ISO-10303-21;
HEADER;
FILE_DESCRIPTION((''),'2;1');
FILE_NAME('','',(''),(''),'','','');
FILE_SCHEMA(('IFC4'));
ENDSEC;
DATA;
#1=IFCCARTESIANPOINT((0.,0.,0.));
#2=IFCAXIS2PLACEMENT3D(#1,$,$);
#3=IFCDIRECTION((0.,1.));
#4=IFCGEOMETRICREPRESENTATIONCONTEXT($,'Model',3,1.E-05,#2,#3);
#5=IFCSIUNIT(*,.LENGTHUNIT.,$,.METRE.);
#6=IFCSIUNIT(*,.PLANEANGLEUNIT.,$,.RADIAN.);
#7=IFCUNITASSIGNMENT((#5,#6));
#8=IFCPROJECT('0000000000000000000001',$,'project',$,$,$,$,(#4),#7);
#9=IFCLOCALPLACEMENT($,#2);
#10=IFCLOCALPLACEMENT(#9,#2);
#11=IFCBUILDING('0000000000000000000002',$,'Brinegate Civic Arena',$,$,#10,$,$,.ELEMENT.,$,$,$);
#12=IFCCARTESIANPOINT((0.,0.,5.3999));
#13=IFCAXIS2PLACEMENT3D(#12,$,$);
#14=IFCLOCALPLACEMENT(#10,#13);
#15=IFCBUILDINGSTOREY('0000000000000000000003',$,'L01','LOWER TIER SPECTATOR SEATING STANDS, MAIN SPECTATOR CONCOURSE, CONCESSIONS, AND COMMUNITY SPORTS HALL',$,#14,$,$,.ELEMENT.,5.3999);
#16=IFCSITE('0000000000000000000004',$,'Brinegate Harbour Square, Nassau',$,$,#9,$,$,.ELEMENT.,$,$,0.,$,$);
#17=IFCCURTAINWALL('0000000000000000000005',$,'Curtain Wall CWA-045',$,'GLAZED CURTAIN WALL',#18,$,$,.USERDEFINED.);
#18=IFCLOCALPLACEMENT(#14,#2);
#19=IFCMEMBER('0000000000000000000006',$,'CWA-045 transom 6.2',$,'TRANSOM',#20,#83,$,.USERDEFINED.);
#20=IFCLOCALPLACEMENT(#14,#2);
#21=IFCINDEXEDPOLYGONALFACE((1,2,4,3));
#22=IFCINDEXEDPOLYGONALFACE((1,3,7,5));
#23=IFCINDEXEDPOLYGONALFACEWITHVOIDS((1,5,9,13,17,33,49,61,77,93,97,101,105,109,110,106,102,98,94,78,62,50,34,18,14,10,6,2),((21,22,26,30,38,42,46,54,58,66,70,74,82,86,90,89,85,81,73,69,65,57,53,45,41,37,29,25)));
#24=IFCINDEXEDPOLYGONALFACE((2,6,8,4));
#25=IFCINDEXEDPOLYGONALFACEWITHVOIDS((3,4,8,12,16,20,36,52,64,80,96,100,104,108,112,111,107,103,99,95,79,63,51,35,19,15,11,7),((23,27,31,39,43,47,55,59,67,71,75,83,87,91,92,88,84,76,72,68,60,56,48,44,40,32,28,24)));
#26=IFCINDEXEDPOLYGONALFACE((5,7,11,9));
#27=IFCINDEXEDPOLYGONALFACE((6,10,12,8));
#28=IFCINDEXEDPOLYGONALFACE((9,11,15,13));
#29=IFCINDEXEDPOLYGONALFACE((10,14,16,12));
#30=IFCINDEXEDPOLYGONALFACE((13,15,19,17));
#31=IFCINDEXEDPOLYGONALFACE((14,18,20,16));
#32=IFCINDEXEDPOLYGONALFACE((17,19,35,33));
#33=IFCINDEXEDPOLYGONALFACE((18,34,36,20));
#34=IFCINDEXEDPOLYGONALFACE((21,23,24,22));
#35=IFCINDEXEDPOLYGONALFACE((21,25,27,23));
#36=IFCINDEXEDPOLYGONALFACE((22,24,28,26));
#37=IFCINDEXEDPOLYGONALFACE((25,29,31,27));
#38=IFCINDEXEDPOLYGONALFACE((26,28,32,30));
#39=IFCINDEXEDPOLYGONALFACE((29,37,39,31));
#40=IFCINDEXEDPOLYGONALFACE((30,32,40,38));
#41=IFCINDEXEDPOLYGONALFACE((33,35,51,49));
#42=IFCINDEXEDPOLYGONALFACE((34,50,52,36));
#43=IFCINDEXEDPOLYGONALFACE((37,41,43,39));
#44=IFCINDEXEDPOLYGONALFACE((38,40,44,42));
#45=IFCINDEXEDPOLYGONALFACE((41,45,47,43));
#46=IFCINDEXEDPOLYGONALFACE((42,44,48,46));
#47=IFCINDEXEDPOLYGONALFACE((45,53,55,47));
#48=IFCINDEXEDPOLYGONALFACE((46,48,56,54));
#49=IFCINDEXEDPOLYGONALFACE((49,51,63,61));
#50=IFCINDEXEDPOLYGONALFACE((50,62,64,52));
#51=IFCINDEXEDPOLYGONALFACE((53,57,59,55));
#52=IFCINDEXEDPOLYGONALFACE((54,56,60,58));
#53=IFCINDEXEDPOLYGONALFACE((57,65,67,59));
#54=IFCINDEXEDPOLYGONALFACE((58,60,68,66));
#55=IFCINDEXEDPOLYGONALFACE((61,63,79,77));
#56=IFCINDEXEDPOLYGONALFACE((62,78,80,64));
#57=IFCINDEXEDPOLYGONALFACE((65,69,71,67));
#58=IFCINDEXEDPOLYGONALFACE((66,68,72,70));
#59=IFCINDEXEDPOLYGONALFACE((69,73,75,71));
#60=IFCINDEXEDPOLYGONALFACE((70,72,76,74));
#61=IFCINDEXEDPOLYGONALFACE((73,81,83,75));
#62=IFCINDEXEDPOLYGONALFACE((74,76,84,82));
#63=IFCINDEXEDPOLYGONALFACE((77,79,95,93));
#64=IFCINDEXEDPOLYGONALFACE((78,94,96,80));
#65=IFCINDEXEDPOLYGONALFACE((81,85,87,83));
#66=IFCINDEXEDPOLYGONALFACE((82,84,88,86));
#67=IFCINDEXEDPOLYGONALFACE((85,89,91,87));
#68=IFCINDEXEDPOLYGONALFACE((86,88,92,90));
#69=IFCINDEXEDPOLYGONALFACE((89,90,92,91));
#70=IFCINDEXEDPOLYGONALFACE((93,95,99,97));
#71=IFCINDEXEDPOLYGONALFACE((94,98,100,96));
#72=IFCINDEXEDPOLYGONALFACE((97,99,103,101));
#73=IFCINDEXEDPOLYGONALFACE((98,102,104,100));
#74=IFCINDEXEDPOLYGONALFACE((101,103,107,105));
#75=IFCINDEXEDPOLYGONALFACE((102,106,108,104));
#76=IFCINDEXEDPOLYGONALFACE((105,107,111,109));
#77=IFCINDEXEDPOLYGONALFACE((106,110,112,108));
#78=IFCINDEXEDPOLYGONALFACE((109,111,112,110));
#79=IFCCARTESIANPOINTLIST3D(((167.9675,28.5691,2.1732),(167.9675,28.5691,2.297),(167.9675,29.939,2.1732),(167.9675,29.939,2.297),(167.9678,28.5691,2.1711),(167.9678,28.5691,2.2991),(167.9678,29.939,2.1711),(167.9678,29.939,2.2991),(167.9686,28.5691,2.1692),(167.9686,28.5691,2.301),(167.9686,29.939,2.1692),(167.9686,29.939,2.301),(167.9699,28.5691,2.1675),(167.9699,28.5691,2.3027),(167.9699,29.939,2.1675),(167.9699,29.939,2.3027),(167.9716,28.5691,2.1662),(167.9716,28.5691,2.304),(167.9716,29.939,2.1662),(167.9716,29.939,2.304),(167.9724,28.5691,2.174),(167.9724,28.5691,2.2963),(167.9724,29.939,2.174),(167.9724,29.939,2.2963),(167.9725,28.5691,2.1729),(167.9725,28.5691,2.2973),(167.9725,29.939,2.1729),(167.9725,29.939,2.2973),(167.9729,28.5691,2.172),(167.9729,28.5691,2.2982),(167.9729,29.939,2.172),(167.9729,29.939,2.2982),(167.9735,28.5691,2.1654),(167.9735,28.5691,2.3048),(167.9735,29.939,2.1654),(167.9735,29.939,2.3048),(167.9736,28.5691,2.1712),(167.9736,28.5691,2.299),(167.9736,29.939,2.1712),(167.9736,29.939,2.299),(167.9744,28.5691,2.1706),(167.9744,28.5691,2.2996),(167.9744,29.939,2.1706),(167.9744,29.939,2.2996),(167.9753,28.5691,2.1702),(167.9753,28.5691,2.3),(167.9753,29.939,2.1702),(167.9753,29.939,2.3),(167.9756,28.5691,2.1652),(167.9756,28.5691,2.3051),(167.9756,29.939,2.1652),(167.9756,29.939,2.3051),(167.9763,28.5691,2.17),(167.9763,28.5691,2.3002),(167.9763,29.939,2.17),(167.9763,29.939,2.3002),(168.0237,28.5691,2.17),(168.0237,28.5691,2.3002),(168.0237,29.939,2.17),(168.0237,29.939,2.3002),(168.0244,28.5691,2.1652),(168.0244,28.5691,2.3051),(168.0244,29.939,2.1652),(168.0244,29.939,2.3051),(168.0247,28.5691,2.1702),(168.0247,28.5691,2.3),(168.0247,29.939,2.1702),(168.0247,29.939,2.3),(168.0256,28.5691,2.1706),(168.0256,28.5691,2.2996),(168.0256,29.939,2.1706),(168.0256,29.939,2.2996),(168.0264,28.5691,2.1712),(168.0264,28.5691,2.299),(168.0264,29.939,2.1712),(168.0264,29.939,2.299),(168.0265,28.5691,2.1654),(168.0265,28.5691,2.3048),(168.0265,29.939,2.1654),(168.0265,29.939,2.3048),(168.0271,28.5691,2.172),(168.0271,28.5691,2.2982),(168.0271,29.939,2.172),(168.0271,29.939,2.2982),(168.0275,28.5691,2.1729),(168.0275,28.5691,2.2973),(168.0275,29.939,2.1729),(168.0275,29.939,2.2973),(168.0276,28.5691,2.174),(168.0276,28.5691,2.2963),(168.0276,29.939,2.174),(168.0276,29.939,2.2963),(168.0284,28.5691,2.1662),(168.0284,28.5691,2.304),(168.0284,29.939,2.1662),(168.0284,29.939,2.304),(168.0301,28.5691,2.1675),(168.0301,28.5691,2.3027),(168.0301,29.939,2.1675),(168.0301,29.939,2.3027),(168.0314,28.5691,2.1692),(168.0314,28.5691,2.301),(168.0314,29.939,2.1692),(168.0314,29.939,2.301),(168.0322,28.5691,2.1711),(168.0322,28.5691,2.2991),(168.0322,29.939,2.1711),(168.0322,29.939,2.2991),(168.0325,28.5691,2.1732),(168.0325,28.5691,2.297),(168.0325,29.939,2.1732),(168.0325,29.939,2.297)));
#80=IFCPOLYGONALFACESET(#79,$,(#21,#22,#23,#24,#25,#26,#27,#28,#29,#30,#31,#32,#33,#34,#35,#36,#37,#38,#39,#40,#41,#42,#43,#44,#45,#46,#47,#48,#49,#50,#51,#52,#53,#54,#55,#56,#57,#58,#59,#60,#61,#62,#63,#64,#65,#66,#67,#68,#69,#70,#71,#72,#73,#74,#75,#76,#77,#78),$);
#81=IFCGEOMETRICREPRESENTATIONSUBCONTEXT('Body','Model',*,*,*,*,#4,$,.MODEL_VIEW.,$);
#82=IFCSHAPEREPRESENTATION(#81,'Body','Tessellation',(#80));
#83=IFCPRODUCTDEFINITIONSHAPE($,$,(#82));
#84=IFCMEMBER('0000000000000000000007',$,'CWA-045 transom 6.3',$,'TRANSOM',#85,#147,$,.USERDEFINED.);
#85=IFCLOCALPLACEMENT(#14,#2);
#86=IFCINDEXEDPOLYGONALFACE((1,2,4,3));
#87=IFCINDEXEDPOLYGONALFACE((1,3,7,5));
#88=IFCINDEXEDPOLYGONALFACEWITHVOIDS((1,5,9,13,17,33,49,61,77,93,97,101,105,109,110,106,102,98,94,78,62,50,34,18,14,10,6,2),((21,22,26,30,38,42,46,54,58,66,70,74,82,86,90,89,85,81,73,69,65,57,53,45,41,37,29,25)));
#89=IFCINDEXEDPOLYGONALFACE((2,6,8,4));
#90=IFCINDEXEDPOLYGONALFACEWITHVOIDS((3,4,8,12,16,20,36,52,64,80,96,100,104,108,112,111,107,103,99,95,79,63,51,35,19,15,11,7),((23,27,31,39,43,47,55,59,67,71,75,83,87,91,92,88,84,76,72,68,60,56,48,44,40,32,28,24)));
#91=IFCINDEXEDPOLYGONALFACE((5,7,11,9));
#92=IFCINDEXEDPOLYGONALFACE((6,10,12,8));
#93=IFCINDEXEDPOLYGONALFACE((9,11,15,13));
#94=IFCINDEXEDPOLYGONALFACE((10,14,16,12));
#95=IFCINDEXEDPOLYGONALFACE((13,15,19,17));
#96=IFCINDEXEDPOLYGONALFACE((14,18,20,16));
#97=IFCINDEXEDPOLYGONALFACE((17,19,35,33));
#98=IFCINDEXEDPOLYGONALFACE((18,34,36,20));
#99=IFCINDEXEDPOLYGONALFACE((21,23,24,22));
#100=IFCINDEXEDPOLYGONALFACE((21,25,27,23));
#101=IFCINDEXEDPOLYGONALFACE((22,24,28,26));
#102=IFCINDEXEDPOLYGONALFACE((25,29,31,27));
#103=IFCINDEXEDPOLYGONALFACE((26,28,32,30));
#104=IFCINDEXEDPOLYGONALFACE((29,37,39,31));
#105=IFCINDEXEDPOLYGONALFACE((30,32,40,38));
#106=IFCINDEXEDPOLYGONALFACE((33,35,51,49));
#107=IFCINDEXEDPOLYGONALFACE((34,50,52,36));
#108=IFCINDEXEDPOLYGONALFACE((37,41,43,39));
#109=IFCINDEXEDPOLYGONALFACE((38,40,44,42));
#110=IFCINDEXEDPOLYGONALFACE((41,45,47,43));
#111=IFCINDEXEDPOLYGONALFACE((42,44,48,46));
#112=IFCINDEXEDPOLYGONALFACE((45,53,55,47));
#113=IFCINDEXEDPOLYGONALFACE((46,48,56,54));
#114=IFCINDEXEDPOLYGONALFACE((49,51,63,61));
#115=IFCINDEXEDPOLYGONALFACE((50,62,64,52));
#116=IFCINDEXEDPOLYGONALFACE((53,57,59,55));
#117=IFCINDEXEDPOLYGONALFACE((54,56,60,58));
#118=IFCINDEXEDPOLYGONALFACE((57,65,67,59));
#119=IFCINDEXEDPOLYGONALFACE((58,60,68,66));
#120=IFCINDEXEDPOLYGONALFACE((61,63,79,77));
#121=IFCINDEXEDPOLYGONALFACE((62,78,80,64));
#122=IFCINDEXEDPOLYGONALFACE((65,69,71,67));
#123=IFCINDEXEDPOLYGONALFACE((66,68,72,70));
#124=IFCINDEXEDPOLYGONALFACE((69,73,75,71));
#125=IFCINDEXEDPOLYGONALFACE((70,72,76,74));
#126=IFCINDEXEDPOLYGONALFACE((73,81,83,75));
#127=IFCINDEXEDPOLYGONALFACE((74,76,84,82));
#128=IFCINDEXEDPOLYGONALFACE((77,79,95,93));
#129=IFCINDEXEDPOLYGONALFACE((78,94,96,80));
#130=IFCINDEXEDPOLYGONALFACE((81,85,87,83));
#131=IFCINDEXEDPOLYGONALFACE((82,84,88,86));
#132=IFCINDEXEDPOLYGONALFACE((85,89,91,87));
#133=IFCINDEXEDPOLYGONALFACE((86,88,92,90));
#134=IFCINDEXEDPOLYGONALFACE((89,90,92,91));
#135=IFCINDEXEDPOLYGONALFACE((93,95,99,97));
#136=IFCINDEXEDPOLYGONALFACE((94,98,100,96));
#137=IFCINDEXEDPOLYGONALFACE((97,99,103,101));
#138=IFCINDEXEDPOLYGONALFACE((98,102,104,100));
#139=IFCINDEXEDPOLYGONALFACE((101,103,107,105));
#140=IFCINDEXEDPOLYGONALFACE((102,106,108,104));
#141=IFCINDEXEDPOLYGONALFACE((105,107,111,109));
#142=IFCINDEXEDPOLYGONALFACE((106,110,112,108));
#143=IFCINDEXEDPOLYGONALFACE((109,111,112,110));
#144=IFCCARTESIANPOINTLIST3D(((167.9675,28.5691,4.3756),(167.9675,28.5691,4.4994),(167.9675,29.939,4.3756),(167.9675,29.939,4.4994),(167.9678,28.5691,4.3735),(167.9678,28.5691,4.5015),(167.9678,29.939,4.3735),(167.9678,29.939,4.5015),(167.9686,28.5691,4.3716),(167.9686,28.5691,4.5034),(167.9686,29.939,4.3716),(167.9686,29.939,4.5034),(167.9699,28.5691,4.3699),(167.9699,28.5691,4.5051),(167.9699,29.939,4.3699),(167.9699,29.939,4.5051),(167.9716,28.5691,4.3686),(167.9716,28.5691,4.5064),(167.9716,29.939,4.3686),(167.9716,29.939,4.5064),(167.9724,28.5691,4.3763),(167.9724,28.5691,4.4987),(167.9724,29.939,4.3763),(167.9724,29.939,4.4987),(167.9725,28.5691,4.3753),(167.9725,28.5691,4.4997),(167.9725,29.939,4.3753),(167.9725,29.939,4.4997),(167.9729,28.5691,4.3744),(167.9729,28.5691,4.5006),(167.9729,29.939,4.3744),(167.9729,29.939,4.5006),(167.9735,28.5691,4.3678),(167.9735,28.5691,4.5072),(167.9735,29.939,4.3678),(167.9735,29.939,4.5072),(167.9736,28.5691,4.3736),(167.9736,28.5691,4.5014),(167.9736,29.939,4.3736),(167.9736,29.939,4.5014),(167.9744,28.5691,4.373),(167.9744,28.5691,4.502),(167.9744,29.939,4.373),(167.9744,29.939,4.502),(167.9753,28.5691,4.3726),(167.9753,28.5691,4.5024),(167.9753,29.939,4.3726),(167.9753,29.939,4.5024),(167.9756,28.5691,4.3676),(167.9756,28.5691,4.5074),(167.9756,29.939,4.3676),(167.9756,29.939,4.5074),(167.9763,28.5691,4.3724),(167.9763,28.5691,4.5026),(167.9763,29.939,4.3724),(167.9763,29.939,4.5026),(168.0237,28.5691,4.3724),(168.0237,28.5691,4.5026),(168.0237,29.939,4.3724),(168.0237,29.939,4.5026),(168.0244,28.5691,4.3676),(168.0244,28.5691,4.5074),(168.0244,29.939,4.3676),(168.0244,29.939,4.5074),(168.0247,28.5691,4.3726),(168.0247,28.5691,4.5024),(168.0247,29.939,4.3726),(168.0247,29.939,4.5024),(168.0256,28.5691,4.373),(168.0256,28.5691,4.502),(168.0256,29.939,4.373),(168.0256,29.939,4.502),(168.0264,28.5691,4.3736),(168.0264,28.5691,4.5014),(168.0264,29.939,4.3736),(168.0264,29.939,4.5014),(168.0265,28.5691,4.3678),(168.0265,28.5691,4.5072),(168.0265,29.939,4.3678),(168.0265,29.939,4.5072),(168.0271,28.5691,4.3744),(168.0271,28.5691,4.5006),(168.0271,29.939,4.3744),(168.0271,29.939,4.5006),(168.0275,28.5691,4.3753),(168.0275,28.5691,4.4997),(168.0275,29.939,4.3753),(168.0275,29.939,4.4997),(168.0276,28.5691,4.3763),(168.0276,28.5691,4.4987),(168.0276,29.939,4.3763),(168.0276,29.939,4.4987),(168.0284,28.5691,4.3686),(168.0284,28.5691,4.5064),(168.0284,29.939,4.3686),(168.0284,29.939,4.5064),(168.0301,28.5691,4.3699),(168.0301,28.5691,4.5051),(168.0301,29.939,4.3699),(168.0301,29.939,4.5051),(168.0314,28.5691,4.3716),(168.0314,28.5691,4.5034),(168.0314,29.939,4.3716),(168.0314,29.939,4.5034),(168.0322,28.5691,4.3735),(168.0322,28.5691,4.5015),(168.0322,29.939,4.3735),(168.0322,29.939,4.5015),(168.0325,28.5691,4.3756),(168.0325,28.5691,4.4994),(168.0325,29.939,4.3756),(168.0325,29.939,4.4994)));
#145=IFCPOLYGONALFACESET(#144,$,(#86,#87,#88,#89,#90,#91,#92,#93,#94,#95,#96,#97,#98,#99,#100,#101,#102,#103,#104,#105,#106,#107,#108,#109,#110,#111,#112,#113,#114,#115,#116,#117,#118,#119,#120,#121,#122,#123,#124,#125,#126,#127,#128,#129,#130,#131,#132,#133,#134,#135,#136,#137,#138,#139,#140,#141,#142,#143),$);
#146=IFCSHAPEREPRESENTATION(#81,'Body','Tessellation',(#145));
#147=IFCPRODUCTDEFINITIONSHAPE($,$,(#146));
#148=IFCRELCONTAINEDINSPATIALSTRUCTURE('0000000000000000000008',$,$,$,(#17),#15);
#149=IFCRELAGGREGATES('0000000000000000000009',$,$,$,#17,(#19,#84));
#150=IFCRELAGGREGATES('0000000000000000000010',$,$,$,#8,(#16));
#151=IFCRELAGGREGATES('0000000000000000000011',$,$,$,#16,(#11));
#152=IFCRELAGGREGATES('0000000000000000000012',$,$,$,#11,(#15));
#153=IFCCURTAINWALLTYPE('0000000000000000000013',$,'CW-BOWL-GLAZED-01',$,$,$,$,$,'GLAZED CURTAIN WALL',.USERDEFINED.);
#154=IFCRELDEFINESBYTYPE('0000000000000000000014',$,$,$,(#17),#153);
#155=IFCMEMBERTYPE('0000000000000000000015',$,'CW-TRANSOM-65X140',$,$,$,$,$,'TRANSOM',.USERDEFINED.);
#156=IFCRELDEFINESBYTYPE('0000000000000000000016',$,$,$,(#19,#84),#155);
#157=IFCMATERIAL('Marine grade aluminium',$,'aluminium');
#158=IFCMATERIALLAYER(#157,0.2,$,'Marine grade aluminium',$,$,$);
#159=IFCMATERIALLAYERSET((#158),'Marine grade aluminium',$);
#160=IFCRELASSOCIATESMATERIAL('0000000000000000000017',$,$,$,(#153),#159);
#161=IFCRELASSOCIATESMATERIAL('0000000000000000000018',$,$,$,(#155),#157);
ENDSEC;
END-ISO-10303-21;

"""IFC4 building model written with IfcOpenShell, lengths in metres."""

from ifc_helpers import new_model, si_unit, direction, frame, origin, origin_2d, place, context, subcontext, project, spatial, hollow_rectangle, extrude, material, layer, layer_set, material_profile, profile_set, type_object, element, aggregate, save


model = new_model("IFC4")

# Units and contexts
model_context = context("Model", 3, precision=1e-05, world=origin(), true_north=direction((0.0, 1.0)))
body_context = subcontext(model_context, "Body", "Model", "MODEL_VIEW")
ifc_project = project(units=[si_unit("LENGTHUNIT", "METRE"), si_unit("PLANEANGLEUNIT", "RADIAN")], contexts=[model_context])

# Site, building, storey
site_placement = place(None, origin())
site = spatial("IfcSite", under=ifc_project, at=site_placement, Name="Brinegate Harbour Square, Nassau", CompositionType="ELEMENT", RefElevation=0.0)
building_placement = place(site_placement, origin())
building = spatial("IfcBuilding", under=site, at=building_placement, Name="Brinegate Civic Arena", CompositionType="ELEMENT")
storey_placement = place(building_placement, frame((0.0, 0.0, 5.3999)))
storey = spatial("IfcBuildingStorey", under=building, at=storey_placement, Name="L01", Description="LOWER TIER SPECTATOR SEATING STANDS, MAIN SPECTATOR CONCOURSE, CONCESSIONS, AND COMMUNITY SPORTS HALL", CompositionType="ELEMENT", Elevation=5.3999)

# Curtain wall, members
ifc_material_1 = material(Name="Marine grade aluminium", Category="aluminium")
ifc_layer_1 = layer(ifc_material_1, 0.2, Name="Marine grade aluminium")
ifc_layer_set_1 = layer_set([ifc_layer_1], Name="Marine grade aluminium")
curtain_wall_type = type_object("IfcCurtainWallType", Name="CW-BOWL-GLAZED-01", ElementType="GLAZED CURTAIN WALL", PredefinedType="USERDEFINED", material=ifc_layer_set_1)
curtain_wall_1_placement = place(storey_placement, origin())
curtain_wall_1 = element("IfcCurtainWall", 1, at=curtain_wall_1_placement, inside=storey, type_object=curtain_wall_type, Name="Curtain Wall CWA-045", ObjectType="GLAZED CURTAIN WALL", PredefinedType="USERDEFINED")
ifc_material_profile_1 = material_profile(ifc_material_1, hollow_rectangle(XDim=0.0649, YDim=0.1399, WallThickness=0.0049, InnerFilletRadius=0.0039, OuterFilletRadius=0.0081, at=origin_2d()), Name="TRN65X140")
ifc_profile_set_1 = profile_set([ifc_material_profile_1], Name="Marine grade aluminium")
member_type_1 = type_object("IfcMemberType", Name="CW-TRANSOM-65X140", ElementType="TRANSOM", PredefinedType="USERDEFINED", material=ifc_profile_set_1)
member_1_placement = place(storey_placement, frame((168.0, 28.5691, 2.2351), z_axis=(0.0, 1.0, 0.0), x_axis=(-1.0, 0.0, 0.0)))
member_1 = element("IfcMember", 2, at=member_1_placement, type_object=member_type_1, Name="CWA-045 transom 6.2", ObjectType="TRANSOM", PredefinedType="USERDEFINED", context=body_context, shape_type="SweptSolid", body=[
    extrude(hollow_rectangle(XDim=0.0649, YDim=0.1399, WallThickness=0.0049, InnerFilletRadius=0.0039, OuterFilletRadius=0.0081, at=origin_2d()), origin(), (0.0, 0.0, 1.0), 1.3699),
])
member_2_placement = place(storey_placement, frame((168.0, 28.5691, 4.4375), z_axis=(0.0, 1.0, 0.0), x_axis=(-1.0, 0.0, 0.0)))
member_2 = element("IfcMember", 3, at=member_2_placement, type_object=member_type_1, Name="CWA-045 transom 6.3", ObjectType="TRANSOM", PredefinedType="USERDEFINED", context=body_context, shape_type="SweptSolid", body=[
    extrude(hollow_rectangle(XDim=0.0649, YDim=0.1399, WallThickness=0.0049, InnerFilletRadius=0.0039, OuterFilletRadius=0.0081, at=origin_2d()), origin(), (0.0, 0.0, 1.0), 1.3699),
])

aggregate(curtain_wall_1, [member_1, member_2])

save(model, "model.ifc")
